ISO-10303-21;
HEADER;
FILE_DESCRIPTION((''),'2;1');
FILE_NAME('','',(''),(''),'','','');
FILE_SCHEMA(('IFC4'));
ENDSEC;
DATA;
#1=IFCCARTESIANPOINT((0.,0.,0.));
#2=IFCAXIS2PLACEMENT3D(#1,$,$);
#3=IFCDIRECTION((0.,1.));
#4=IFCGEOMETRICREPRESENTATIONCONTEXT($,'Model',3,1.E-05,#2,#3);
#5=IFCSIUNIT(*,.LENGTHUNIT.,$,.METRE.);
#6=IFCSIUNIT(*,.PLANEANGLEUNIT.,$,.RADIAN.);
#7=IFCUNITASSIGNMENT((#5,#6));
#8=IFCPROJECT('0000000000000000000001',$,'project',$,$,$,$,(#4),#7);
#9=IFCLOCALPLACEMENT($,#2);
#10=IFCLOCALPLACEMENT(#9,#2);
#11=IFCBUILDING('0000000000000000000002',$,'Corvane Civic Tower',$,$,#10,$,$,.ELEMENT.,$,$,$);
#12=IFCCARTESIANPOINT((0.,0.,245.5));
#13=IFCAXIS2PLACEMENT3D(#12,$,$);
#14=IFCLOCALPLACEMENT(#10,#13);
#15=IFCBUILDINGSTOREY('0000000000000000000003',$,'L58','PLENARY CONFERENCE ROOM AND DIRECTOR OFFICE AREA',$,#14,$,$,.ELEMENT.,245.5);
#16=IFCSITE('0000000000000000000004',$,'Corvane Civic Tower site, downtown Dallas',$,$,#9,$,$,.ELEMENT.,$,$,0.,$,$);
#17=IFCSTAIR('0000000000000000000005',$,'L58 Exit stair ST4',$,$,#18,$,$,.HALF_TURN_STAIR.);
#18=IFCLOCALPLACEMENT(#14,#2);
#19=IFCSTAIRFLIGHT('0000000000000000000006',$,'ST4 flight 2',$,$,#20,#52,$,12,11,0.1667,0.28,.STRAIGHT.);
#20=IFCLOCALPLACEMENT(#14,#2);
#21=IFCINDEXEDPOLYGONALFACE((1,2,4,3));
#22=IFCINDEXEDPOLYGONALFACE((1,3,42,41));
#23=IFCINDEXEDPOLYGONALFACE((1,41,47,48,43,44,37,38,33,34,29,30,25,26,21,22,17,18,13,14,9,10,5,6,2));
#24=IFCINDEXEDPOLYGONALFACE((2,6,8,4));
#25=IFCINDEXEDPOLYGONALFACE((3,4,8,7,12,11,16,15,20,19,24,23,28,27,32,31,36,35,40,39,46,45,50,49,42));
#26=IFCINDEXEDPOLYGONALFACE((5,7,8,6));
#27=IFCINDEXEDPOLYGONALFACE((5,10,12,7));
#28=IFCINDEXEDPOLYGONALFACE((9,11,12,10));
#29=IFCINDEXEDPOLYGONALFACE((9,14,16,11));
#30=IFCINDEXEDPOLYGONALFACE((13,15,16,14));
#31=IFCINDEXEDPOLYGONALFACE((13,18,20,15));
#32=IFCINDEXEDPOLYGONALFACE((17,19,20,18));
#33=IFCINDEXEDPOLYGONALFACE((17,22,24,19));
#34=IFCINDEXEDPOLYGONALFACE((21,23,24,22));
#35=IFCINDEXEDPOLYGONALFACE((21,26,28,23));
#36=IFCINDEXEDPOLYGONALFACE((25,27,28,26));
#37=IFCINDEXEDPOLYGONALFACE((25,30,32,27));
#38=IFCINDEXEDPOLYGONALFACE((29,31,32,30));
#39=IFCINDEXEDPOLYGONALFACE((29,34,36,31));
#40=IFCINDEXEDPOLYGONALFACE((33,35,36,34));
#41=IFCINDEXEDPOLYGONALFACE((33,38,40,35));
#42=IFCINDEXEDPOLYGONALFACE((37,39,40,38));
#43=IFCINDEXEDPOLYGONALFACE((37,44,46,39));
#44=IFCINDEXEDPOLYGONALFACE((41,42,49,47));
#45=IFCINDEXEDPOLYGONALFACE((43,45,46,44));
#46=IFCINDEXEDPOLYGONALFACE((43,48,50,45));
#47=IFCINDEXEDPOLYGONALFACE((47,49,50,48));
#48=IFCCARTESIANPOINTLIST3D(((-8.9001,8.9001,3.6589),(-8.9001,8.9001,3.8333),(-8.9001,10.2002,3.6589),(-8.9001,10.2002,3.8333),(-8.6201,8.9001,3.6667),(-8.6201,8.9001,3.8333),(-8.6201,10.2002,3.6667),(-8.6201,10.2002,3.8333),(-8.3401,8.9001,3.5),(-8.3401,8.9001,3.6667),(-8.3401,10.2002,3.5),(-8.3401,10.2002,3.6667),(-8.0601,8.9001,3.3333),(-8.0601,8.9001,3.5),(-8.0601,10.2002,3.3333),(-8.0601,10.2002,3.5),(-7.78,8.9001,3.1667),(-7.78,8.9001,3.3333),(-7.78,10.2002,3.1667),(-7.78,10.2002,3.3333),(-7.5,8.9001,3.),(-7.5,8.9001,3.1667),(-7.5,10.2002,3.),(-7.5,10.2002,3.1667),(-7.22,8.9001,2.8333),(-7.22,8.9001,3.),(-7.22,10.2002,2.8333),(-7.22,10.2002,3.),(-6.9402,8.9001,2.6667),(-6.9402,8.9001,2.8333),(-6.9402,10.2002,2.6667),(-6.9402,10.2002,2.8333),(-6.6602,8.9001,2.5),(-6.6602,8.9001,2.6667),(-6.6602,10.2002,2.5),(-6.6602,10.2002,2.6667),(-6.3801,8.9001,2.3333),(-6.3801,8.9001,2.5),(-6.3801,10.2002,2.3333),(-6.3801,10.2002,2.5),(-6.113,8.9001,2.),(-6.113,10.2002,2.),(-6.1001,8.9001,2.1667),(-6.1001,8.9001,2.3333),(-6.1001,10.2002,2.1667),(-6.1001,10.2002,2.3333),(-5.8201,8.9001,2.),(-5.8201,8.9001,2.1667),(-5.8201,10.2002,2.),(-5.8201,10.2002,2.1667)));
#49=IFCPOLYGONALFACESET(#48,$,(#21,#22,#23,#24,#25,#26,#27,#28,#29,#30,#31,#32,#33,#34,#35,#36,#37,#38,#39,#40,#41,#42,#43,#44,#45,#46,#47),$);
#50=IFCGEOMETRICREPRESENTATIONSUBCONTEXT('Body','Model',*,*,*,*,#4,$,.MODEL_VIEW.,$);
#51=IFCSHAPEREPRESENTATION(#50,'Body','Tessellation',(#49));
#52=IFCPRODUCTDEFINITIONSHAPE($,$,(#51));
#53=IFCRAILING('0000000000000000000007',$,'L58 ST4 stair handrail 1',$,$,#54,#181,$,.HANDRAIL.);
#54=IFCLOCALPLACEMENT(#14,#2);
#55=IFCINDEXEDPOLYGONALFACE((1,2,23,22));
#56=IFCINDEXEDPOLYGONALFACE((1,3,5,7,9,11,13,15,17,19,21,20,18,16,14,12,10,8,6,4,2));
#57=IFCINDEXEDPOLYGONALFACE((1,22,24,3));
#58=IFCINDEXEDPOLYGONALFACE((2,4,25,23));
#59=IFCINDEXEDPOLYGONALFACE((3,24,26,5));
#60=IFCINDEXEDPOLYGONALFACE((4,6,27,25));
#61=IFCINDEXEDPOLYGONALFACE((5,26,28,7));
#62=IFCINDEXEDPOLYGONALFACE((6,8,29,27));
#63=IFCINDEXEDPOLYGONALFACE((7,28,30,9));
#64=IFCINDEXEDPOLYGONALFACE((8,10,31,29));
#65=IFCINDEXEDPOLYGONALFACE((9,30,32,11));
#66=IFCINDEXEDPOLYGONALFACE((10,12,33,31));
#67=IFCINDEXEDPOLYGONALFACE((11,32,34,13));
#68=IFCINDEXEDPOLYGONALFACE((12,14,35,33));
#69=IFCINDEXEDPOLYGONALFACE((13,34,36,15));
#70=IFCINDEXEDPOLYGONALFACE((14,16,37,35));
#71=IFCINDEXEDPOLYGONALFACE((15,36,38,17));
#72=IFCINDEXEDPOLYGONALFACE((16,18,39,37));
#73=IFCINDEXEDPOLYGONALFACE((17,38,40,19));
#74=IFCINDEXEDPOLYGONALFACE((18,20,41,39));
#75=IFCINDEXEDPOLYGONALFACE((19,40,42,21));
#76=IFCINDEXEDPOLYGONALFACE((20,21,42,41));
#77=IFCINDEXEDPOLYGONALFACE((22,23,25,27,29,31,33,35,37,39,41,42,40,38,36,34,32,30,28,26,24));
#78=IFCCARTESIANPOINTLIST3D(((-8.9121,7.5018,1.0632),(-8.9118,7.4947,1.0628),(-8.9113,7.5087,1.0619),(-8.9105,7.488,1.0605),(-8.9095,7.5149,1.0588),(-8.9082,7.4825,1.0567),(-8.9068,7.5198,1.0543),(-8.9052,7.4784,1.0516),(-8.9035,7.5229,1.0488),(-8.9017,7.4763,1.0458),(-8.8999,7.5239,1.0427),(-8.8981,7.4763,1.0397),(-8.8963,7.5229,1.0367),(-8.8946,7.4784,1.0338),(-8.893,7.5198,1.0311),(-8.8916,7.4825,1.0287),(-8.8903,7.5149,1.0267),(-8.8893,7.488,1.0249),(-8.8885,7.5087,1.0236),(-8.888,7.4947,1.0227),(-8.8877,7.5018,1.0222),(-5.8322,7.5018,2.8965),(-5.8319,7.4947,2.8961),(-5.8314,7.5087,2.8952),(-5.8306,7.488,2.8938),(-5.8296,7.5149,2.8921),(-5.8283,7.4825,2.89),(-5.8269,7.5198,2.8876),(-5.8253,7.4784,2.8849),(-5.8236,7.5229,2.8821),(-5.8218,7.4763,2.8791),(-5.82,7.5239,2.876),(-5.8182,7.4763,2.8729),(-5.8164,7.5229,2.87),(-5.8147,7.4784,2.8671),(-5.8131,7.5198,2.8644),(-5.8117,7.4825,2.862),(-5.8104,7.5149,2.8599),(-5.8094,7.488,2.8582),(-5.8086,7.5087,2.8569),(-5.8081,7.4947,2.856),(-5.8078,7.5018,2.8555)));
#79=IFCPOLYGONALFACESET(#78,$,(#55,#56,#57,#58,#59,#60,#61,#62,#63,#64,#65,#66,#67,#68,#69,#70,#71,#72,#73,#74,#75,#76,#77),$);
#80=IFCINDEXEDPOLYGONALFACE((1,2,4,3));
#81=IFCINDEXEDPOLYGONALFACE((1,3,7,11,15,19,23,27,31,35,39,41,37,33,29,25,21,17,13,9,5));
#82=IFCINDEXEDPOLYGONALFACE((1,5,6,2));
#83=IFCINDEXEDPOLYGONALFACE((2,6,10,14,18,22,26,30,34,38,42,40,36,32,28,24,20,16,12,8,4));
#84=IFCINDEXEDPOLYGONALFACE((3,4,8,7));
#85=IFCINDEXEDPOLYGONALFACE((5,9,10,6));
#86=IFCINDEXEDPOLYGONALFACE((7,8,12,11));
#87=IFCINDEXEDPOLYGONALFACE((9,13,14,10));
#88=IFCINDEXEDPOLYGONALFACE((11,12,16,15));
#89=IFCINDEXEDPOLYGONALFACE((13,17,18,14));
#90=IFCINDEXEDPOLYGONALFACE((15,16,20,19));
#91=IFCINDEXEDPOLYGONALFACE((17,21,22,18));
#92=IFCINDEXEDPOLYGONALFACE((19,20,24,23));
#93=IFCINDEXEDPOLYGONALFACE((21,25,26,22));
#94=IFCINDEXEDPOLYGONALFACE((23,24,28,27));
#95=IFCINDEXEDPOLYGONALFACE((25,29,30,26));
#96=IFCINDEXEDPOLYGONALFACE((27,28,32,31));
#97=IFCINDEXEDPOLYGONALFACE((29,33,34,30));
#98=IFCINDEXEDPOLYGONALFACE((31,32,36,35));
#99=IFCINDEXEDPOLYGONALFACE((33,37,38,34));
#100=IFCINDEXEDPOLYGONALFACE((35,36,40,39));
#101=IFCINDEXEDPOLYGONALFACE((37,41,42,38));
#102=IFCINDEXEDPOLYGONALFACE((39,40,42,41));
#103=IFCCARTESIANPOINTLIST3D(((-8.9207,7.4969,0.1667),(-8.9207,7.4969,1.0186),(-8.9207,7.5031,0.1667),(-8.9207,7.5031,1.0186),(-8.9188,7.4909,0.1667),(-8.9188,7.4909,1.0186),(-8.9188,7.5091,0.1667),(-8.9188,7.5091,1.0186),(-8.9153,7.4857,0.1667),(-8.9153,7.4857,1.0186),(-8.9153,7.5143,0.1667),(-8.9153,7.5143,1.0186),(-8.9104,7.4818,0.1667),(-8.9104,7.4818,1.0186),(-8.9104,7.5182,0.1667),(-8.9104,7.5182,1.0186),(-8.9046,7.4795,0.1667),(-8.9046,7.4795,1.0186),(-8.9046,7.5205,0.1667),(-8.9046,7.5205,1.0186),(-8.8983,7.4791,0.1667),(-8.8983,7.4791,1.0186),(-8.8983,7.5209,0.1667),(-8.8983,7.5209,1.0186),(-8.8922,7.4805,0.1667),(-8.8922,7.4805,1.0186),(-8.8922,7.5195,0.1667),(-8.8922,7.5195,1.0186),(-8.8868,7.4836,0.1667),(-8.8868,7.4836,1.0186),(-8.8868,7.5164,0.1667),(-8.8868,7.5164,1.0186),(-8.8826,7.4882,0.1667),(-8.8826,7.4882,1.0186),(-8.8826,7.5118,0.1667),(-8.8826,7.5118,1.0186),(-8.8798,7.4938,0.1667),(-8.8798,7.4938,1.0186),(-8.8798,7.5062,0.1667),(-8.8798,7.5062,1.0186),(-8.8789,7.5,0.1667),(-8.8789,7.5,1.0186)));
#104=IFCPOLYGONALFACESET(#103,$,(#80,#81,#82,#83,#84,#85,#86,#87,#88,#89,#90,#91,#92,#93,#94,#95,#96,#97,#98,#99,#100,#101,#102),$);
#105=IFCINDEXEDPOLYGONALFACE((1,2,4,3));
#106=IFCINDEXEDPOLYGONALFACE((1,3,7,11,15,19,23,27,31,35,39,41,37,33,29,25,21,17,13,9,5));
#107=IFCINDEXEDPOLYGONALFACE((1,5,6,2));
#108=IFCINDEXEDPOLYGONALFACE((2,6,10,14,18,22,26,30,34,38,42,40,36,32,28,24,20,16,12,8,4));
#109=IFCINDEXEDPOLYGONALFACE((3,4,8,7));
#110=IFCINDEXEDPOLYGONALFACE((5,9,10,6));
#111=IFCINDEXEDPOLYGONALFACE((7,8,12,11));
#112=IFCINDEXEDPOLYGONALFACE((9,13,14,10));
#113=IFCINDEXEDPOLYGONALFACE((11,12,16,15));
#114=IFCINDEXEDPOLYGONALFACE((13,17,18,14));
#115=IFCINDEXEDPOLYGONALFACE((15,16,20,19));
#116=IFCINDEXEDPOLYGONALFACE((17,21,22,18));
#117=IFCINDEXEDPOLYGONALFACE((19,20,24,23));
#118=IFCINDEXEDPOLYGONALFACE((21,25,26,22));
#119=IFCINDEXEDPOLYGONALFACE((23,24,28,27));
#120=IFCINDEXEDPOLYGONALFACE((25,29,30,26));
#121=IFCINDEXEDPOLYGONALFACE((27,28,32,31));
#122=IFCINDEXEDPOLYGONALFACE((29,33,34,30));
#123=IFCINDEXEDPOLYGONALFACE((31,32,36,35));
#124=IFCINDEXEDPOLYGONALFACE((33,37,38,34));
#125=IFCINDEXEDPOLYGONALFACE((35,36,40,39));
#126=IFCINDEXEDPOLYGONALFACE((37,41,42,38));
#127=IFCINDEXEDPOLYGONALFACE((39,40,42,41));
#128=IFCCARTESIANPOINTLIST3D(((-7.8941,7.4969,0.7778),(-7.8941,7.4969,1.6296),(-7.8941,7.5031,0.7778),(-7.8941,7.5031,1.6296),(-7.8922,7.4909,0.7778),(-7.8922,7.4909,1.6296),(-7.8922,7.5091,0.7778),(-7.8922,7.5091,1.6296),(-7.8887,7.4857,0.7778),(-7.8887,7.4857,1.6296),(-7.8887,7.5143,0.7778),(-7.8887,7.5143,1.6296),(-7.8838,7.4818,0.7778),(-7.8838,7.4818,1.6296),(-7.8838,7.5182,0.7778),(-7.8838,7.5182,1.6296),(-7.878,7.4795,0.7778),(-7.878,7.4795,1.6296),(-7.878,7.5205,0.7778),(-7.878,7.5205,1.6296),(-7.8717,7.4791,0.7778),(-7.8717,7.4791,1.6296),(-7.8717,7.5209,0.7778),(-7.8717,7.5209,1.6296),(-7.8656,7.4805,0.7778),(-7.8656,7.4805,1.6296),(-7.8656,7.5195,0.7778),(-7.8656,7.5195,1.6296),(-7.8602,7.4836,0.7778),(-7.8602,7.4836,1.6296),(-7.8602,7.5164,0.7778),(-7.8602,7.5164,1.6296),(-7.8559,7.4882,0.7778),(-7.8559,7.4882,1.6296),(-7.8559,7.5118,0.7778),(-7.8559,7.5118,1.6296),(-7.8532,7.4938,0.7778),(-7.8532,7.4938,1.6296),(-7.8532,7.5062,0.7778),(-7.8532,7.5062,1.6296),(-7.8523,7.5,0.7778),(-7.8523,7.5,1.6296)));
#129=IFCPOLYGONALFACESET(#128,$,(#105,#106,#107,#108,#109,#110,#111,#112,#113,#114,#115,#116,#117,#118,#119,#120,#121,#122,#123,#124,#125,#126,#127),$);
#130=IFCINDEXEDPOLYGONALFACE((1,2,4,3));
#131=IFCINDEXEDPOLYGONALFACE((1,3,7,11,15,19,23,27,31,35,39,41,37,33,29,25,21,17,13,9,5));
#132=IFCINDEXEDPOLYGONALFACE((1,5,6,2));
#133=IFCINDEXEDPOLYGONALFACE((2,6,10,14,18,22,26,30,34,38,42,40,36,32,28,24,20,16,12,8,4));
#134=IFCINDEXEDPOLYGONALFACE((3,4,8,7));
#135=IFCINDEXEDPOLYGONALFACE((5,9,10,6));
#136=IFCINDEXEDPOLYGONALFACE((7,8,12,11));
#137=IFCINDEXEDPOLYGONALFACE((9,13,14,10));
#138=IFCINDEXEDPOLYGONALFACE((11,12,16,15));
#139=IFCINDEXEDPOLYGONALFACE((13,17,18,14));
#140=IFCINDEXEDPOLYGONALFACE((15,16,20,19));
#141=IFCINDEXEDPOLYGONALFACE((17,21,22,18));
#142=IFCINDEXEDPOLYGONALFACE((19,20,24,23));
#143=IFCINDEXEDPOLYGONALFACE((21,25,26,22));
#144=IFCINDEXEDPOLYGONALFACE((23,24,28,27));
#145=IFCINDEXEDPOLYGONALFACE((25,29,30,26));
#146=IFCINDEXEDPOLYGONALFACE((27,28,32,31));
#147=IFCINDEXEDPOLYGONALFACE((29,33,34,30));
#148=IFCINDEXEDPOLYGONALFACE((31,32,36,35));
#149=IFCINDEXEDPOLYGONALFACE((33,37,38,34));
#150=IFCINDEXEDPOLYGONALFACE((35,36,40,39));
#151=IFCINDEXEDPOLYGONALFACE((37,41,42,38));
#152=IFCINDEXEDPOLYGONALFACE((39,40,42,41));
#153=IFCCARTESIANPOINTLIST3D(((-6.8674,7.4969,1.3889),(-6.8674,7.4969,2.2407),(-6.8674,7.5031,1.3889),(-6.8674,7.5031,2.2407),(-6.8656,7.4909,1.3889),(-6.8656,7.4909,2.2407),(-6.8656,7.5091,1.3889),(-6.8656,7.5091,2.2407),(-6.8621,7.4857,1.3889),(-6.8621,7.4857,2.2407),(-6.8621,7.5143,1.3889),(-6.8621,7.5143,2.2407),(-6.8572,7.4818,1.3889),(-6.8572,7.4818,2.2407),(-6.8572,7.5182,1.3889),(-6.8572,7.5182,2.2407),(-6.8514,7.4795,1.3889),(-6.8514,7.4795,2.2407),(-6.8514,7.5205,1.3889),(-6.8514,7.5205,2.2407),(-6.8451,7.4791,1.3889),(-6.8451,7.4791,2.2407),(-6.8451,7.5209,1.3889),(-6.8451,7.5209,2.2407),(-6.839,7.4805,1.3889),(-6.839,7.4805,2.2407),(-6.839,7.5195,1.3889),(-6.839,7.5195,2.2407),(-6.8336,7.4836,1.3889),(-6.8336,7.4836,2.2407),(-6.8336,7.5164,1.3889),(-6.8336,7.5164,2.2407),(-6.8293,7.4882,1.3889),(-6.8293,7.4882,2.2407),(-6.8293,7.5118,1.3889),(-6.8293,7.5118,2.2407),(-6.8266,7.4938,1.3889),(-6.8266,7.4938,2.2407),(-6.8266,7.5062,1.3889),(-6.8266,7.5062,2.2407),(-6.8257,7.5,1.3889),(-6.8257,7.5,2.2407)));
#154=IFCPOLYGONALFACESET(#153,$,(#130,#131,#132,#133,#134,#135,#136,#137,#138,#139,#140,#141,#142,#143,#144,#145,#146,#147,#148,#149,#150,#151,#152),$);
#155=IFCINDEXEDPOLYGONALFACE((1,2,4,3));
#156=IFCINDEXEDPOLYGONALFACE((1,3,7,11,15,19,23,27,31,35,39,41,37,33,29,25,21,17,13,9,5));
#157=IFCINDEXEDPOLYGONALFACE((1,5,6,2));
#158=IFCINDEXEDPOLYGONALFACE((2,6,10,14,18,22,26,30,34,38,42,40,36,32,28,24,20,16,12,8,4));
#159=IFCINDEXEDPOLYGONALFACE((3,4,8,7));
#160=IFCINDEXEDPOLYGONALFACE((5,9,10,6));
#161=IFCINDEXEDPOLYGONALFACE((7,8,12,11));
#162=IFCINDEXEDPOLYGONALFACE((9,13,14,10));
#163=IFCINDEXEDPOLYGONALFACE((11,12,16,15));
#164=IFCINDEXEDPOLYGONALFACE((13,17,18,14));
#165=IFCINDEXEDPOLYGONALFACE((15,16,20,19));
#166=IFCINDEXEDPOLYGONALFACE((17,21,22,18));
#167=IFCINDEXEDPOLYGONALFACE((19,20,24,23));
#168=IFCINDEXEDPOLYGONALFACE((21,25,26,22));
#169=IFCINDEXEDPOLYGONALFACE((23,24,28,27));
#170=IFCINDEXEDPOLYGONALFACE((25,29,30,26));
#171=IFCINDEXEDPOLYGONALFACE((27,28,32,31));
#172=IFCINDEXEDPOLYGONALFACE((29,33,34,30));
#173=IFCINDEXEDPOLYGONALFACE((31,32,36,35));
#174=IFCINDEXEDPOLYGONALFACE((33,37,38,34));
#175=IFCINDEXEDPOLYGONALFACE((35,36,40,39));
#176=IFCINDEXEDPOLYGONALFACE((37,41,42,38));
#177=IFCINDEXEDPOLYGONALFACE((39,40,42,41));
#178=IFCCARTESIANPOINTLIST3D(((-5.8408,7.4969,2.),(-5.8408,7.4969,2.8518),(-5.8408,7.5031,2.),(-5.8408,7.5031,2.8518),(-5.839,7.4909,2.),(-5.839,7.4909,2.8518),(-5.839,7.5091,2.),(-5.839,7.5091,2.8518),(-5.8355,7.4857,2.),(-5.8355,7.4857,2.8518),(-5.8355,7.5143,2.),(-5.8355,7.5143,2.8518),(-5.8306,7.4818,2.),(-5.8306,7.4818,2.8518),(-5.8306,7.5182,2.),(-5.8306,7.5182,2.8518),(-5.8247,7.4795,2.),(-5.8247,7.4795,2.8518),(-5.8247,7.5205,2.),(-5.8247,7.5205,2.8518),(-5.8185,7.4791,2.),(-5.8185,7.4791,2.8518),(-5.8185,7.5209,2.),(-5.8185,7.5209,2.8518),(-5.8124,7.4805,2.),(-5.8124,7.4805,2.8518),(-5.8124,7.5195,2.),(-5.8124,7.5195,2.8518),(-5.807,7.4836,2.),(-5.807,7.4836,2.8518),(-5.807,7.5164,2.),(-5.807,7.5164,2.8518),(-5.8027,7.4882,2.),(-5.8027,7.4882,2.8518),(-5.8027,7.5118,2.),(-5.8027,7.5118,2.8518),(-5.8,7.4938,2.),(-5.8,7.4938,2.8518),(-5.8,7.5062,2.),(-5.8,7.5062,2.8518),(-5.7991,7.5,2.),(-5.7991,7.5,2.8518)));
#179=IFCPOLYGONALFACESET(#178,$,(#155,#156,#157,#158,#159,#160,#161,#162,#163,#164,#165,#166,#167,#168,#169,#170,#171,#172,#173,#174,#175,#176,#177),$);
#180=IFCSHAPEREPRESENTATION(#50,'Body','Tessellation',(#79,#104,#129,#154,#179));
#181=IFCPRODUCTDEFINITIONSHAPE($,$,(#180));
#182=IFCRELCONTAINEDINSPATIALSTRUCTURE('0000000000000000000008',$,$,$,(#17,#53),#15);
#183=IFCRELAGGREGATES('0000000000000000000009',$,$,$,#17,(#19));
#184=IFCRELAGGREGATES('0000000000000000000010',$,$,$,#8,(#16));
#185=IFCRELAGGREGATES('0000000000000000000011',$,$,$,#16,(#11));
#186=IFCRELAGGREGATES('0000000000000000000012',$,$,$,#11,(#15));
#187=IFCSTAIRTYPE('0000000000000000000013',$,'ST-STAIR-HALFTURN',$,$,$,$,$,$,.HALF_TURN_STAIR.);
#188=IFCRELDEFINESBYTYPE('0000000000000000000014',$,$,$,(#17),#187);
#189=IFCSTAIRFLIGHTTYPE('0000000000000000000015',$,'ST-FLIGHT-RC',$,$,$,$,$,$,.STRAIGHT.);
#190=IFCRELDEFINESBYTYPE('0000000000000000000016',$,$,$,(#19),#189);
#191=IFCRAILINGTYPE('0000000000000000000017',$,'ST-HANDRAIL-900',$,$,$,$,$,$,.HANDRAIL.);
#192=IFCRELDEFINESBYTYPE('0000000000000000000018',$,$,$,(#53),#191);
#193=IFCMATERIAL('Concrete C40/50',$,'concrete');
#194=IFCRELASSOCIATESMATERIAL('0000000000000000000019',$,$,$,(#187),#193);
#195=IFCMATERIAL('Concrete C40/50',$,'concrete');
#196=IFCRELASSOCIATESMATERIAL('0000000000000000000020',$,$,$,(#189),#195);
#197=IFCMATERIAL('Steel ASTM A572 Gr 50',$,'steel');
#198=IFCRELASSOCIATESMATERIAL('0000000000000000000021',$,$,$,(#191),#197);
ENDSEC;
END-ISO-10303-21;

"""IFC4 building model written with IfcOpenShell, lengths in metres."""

from ifc_helpers import new_model, si_unit, direction, frame, origin, origin_2d, place, context, subcontext, project, spatial, polyline, circle, outline, extrude, material, type_object, element, aggregate, save


model = new_model("IFC4")

# Units and contexts
model_context = context("Model", 3, precision=1e-05, world=origin(), true_north=direction((0.0, 1.0)))
body_context = subcontext(model_context, "Body", "Model", "MODEL_VIEW")
ifc_project = project(units=[si_unit("LENGTHUNIT", "METRE"), si_unit("PLANEANGLEUNIT", "RADIAN")], contexts=[model_context])

# Site, building, storey
site_placement = place(None, origin())
site = spatial("IfcSite", under=ifc_project, at=site_placement, Name="Corvane Civic Tower site, downtown Dallas", CompositionType="ELEMENT", RefElevation=0.0)
building_placement = place(site_placement, origin())
building = spatial("IfcBuilding", under=site, at=building_placement, Name="Corvane Civic Tower", CompositionType="ELEMENT")
storey_placement = place(building_placement, frame((0.0, 0.0, 245.5)))
storey = spatial("IfcBuildingStorey", under=building, at=storey_placement, Name="L58", Description="PLENARY CONFERENCE ROOM AND DIRECTOR OFFICE AREA", CompositionType="ELEMENT", Elevation=245.5)

# Stair, stair flight
ifc_material_1 = material(Name="Concrete C40/50", Category="concrete")
stair_type = type_object("IfcStairType", Name="ST-STAIR-HALFTURN", PredefinedType="HALF_TURN_STAIR", material=ifc_material_1)
stair_placement = place(storey_placement, origin())
stair = element("IfcStair", 1, at=stair_placement, inside=storey, type_object=stair_type, Name="L58 Exit stair ST4", PredefinedType="HALF_TURN_STAIR")
ifc_material_2 = material(Name="Concrete C40/50", Category="concrete")
stair_flight_type = type_object("IfcStairFlightType", Name="ST-FLIGHT-RC", PredefinedType="STRAIGHT", material=ifc_material_2)
stair_flight_1_placement = place(storey_placement, frame((-5.8201, 9.55, 2.0), z_axis=(0.0, 0.0, 1.0), x_axis=(-1.0, 0.0, 0.0)))
stair_flight_1 = element("IfcStairFlight", 2, at=stair_flight_1_placement, type_object=stair_flight_type, Name="ST4 flight 2", NumberOfRisers=12, NumberOfTreads=11, PredefinedType="STRAIGHT", RiserHeight=0.1667, TreadLength=0.28, context=body_context, shape_type="SweptSolid", body=[
    extrude(outline(polyline([(0.0, 0.0), (0.0, 0.1667), (0.28, 0.1667), (0.28, 0.3333), (0.5601, 0.3333), (0.5601, 0.5), (0.8401, 0.5), (0.8401, 0.6667), (1.1201, 0.6667), (1.1201, 0.8333), (1.3999, 0.8333), (1.3999, 1.0), (1.6799, 1.0), (1.6799, 1.1667), (1.96, 1.1667), (1.96, 1.3333), (2.24, 1.3333), (2.24, 1.5), (2.52, 1.5), (2.52, 1.6667), (2.8, 1.6667), (2.8, 1.8333), (3.0801, 1.8333), (3.0801, 2.0), (3.0801, 1.6589), (0.293, 0.0), (0.0, 0.0)])), frame((0.0, 0.6499, 0.0), z_axis=(0.0, -1.0, 0.0), x_axis=(1.0, 0.0, 0.0)), (0.0, 0.0, 1.0), 1.3),
])
aggregate(stair, [stair_flight_1])

# Railing
ifc_material_3 = material(Name="Steel ASTM A572 Gr 50", Category="steel")
railing_type_1 = type_object("IfcRailingType", Name="ST-HANDRAIL-900", PredefinedType="HANDRAIL", material=ifc_material_3)
railing_1_placement = place(storey_placement, frame((-8.8999, 7.5, 0.1667)))
element("IfcRailing", 3, at=railing_1_placement, inside=storey, type_object=railing_type_1, Name="L58 ST4 stair handrail 1", PredefinedType="HANDRAIL", context=body_context, shape_type="SweptSolid", body=[
    extrude(circle(Radius=0.0239, at=origin_2d()), frame((0.0, 0.0, 0.876), z_axis=(0.859291, 0.0, 0.511487), x_axis=(0.0, 1.0, 0.0)), (0.0, 0.0, 1.0), 3.5842),
    extrude(circle(Radius=0.021, at=origin_2d()), origin(), (0.0, 0.0, 1.0), 0.8518),
    extrude(circle(Radius=0.021, at=origin_2d()), frame((1.0266, 0.0, 0.6111)), (0.0, 0.0, 1.0), 0.8518),
    extrude(circle(Radius=0.021, at=origin_2d()), frame((2.0532, 0.0, 1.2222)), (0.0, 0.0, 1.0), 0.8518),
    extrude(circle(Radius=0.021, at=origin_2d()), frame((3.0798, 0.0, 1.8333)), (0.0, 0.0, 1.0), 0.8518),
])

save(model, "model.ifc")
